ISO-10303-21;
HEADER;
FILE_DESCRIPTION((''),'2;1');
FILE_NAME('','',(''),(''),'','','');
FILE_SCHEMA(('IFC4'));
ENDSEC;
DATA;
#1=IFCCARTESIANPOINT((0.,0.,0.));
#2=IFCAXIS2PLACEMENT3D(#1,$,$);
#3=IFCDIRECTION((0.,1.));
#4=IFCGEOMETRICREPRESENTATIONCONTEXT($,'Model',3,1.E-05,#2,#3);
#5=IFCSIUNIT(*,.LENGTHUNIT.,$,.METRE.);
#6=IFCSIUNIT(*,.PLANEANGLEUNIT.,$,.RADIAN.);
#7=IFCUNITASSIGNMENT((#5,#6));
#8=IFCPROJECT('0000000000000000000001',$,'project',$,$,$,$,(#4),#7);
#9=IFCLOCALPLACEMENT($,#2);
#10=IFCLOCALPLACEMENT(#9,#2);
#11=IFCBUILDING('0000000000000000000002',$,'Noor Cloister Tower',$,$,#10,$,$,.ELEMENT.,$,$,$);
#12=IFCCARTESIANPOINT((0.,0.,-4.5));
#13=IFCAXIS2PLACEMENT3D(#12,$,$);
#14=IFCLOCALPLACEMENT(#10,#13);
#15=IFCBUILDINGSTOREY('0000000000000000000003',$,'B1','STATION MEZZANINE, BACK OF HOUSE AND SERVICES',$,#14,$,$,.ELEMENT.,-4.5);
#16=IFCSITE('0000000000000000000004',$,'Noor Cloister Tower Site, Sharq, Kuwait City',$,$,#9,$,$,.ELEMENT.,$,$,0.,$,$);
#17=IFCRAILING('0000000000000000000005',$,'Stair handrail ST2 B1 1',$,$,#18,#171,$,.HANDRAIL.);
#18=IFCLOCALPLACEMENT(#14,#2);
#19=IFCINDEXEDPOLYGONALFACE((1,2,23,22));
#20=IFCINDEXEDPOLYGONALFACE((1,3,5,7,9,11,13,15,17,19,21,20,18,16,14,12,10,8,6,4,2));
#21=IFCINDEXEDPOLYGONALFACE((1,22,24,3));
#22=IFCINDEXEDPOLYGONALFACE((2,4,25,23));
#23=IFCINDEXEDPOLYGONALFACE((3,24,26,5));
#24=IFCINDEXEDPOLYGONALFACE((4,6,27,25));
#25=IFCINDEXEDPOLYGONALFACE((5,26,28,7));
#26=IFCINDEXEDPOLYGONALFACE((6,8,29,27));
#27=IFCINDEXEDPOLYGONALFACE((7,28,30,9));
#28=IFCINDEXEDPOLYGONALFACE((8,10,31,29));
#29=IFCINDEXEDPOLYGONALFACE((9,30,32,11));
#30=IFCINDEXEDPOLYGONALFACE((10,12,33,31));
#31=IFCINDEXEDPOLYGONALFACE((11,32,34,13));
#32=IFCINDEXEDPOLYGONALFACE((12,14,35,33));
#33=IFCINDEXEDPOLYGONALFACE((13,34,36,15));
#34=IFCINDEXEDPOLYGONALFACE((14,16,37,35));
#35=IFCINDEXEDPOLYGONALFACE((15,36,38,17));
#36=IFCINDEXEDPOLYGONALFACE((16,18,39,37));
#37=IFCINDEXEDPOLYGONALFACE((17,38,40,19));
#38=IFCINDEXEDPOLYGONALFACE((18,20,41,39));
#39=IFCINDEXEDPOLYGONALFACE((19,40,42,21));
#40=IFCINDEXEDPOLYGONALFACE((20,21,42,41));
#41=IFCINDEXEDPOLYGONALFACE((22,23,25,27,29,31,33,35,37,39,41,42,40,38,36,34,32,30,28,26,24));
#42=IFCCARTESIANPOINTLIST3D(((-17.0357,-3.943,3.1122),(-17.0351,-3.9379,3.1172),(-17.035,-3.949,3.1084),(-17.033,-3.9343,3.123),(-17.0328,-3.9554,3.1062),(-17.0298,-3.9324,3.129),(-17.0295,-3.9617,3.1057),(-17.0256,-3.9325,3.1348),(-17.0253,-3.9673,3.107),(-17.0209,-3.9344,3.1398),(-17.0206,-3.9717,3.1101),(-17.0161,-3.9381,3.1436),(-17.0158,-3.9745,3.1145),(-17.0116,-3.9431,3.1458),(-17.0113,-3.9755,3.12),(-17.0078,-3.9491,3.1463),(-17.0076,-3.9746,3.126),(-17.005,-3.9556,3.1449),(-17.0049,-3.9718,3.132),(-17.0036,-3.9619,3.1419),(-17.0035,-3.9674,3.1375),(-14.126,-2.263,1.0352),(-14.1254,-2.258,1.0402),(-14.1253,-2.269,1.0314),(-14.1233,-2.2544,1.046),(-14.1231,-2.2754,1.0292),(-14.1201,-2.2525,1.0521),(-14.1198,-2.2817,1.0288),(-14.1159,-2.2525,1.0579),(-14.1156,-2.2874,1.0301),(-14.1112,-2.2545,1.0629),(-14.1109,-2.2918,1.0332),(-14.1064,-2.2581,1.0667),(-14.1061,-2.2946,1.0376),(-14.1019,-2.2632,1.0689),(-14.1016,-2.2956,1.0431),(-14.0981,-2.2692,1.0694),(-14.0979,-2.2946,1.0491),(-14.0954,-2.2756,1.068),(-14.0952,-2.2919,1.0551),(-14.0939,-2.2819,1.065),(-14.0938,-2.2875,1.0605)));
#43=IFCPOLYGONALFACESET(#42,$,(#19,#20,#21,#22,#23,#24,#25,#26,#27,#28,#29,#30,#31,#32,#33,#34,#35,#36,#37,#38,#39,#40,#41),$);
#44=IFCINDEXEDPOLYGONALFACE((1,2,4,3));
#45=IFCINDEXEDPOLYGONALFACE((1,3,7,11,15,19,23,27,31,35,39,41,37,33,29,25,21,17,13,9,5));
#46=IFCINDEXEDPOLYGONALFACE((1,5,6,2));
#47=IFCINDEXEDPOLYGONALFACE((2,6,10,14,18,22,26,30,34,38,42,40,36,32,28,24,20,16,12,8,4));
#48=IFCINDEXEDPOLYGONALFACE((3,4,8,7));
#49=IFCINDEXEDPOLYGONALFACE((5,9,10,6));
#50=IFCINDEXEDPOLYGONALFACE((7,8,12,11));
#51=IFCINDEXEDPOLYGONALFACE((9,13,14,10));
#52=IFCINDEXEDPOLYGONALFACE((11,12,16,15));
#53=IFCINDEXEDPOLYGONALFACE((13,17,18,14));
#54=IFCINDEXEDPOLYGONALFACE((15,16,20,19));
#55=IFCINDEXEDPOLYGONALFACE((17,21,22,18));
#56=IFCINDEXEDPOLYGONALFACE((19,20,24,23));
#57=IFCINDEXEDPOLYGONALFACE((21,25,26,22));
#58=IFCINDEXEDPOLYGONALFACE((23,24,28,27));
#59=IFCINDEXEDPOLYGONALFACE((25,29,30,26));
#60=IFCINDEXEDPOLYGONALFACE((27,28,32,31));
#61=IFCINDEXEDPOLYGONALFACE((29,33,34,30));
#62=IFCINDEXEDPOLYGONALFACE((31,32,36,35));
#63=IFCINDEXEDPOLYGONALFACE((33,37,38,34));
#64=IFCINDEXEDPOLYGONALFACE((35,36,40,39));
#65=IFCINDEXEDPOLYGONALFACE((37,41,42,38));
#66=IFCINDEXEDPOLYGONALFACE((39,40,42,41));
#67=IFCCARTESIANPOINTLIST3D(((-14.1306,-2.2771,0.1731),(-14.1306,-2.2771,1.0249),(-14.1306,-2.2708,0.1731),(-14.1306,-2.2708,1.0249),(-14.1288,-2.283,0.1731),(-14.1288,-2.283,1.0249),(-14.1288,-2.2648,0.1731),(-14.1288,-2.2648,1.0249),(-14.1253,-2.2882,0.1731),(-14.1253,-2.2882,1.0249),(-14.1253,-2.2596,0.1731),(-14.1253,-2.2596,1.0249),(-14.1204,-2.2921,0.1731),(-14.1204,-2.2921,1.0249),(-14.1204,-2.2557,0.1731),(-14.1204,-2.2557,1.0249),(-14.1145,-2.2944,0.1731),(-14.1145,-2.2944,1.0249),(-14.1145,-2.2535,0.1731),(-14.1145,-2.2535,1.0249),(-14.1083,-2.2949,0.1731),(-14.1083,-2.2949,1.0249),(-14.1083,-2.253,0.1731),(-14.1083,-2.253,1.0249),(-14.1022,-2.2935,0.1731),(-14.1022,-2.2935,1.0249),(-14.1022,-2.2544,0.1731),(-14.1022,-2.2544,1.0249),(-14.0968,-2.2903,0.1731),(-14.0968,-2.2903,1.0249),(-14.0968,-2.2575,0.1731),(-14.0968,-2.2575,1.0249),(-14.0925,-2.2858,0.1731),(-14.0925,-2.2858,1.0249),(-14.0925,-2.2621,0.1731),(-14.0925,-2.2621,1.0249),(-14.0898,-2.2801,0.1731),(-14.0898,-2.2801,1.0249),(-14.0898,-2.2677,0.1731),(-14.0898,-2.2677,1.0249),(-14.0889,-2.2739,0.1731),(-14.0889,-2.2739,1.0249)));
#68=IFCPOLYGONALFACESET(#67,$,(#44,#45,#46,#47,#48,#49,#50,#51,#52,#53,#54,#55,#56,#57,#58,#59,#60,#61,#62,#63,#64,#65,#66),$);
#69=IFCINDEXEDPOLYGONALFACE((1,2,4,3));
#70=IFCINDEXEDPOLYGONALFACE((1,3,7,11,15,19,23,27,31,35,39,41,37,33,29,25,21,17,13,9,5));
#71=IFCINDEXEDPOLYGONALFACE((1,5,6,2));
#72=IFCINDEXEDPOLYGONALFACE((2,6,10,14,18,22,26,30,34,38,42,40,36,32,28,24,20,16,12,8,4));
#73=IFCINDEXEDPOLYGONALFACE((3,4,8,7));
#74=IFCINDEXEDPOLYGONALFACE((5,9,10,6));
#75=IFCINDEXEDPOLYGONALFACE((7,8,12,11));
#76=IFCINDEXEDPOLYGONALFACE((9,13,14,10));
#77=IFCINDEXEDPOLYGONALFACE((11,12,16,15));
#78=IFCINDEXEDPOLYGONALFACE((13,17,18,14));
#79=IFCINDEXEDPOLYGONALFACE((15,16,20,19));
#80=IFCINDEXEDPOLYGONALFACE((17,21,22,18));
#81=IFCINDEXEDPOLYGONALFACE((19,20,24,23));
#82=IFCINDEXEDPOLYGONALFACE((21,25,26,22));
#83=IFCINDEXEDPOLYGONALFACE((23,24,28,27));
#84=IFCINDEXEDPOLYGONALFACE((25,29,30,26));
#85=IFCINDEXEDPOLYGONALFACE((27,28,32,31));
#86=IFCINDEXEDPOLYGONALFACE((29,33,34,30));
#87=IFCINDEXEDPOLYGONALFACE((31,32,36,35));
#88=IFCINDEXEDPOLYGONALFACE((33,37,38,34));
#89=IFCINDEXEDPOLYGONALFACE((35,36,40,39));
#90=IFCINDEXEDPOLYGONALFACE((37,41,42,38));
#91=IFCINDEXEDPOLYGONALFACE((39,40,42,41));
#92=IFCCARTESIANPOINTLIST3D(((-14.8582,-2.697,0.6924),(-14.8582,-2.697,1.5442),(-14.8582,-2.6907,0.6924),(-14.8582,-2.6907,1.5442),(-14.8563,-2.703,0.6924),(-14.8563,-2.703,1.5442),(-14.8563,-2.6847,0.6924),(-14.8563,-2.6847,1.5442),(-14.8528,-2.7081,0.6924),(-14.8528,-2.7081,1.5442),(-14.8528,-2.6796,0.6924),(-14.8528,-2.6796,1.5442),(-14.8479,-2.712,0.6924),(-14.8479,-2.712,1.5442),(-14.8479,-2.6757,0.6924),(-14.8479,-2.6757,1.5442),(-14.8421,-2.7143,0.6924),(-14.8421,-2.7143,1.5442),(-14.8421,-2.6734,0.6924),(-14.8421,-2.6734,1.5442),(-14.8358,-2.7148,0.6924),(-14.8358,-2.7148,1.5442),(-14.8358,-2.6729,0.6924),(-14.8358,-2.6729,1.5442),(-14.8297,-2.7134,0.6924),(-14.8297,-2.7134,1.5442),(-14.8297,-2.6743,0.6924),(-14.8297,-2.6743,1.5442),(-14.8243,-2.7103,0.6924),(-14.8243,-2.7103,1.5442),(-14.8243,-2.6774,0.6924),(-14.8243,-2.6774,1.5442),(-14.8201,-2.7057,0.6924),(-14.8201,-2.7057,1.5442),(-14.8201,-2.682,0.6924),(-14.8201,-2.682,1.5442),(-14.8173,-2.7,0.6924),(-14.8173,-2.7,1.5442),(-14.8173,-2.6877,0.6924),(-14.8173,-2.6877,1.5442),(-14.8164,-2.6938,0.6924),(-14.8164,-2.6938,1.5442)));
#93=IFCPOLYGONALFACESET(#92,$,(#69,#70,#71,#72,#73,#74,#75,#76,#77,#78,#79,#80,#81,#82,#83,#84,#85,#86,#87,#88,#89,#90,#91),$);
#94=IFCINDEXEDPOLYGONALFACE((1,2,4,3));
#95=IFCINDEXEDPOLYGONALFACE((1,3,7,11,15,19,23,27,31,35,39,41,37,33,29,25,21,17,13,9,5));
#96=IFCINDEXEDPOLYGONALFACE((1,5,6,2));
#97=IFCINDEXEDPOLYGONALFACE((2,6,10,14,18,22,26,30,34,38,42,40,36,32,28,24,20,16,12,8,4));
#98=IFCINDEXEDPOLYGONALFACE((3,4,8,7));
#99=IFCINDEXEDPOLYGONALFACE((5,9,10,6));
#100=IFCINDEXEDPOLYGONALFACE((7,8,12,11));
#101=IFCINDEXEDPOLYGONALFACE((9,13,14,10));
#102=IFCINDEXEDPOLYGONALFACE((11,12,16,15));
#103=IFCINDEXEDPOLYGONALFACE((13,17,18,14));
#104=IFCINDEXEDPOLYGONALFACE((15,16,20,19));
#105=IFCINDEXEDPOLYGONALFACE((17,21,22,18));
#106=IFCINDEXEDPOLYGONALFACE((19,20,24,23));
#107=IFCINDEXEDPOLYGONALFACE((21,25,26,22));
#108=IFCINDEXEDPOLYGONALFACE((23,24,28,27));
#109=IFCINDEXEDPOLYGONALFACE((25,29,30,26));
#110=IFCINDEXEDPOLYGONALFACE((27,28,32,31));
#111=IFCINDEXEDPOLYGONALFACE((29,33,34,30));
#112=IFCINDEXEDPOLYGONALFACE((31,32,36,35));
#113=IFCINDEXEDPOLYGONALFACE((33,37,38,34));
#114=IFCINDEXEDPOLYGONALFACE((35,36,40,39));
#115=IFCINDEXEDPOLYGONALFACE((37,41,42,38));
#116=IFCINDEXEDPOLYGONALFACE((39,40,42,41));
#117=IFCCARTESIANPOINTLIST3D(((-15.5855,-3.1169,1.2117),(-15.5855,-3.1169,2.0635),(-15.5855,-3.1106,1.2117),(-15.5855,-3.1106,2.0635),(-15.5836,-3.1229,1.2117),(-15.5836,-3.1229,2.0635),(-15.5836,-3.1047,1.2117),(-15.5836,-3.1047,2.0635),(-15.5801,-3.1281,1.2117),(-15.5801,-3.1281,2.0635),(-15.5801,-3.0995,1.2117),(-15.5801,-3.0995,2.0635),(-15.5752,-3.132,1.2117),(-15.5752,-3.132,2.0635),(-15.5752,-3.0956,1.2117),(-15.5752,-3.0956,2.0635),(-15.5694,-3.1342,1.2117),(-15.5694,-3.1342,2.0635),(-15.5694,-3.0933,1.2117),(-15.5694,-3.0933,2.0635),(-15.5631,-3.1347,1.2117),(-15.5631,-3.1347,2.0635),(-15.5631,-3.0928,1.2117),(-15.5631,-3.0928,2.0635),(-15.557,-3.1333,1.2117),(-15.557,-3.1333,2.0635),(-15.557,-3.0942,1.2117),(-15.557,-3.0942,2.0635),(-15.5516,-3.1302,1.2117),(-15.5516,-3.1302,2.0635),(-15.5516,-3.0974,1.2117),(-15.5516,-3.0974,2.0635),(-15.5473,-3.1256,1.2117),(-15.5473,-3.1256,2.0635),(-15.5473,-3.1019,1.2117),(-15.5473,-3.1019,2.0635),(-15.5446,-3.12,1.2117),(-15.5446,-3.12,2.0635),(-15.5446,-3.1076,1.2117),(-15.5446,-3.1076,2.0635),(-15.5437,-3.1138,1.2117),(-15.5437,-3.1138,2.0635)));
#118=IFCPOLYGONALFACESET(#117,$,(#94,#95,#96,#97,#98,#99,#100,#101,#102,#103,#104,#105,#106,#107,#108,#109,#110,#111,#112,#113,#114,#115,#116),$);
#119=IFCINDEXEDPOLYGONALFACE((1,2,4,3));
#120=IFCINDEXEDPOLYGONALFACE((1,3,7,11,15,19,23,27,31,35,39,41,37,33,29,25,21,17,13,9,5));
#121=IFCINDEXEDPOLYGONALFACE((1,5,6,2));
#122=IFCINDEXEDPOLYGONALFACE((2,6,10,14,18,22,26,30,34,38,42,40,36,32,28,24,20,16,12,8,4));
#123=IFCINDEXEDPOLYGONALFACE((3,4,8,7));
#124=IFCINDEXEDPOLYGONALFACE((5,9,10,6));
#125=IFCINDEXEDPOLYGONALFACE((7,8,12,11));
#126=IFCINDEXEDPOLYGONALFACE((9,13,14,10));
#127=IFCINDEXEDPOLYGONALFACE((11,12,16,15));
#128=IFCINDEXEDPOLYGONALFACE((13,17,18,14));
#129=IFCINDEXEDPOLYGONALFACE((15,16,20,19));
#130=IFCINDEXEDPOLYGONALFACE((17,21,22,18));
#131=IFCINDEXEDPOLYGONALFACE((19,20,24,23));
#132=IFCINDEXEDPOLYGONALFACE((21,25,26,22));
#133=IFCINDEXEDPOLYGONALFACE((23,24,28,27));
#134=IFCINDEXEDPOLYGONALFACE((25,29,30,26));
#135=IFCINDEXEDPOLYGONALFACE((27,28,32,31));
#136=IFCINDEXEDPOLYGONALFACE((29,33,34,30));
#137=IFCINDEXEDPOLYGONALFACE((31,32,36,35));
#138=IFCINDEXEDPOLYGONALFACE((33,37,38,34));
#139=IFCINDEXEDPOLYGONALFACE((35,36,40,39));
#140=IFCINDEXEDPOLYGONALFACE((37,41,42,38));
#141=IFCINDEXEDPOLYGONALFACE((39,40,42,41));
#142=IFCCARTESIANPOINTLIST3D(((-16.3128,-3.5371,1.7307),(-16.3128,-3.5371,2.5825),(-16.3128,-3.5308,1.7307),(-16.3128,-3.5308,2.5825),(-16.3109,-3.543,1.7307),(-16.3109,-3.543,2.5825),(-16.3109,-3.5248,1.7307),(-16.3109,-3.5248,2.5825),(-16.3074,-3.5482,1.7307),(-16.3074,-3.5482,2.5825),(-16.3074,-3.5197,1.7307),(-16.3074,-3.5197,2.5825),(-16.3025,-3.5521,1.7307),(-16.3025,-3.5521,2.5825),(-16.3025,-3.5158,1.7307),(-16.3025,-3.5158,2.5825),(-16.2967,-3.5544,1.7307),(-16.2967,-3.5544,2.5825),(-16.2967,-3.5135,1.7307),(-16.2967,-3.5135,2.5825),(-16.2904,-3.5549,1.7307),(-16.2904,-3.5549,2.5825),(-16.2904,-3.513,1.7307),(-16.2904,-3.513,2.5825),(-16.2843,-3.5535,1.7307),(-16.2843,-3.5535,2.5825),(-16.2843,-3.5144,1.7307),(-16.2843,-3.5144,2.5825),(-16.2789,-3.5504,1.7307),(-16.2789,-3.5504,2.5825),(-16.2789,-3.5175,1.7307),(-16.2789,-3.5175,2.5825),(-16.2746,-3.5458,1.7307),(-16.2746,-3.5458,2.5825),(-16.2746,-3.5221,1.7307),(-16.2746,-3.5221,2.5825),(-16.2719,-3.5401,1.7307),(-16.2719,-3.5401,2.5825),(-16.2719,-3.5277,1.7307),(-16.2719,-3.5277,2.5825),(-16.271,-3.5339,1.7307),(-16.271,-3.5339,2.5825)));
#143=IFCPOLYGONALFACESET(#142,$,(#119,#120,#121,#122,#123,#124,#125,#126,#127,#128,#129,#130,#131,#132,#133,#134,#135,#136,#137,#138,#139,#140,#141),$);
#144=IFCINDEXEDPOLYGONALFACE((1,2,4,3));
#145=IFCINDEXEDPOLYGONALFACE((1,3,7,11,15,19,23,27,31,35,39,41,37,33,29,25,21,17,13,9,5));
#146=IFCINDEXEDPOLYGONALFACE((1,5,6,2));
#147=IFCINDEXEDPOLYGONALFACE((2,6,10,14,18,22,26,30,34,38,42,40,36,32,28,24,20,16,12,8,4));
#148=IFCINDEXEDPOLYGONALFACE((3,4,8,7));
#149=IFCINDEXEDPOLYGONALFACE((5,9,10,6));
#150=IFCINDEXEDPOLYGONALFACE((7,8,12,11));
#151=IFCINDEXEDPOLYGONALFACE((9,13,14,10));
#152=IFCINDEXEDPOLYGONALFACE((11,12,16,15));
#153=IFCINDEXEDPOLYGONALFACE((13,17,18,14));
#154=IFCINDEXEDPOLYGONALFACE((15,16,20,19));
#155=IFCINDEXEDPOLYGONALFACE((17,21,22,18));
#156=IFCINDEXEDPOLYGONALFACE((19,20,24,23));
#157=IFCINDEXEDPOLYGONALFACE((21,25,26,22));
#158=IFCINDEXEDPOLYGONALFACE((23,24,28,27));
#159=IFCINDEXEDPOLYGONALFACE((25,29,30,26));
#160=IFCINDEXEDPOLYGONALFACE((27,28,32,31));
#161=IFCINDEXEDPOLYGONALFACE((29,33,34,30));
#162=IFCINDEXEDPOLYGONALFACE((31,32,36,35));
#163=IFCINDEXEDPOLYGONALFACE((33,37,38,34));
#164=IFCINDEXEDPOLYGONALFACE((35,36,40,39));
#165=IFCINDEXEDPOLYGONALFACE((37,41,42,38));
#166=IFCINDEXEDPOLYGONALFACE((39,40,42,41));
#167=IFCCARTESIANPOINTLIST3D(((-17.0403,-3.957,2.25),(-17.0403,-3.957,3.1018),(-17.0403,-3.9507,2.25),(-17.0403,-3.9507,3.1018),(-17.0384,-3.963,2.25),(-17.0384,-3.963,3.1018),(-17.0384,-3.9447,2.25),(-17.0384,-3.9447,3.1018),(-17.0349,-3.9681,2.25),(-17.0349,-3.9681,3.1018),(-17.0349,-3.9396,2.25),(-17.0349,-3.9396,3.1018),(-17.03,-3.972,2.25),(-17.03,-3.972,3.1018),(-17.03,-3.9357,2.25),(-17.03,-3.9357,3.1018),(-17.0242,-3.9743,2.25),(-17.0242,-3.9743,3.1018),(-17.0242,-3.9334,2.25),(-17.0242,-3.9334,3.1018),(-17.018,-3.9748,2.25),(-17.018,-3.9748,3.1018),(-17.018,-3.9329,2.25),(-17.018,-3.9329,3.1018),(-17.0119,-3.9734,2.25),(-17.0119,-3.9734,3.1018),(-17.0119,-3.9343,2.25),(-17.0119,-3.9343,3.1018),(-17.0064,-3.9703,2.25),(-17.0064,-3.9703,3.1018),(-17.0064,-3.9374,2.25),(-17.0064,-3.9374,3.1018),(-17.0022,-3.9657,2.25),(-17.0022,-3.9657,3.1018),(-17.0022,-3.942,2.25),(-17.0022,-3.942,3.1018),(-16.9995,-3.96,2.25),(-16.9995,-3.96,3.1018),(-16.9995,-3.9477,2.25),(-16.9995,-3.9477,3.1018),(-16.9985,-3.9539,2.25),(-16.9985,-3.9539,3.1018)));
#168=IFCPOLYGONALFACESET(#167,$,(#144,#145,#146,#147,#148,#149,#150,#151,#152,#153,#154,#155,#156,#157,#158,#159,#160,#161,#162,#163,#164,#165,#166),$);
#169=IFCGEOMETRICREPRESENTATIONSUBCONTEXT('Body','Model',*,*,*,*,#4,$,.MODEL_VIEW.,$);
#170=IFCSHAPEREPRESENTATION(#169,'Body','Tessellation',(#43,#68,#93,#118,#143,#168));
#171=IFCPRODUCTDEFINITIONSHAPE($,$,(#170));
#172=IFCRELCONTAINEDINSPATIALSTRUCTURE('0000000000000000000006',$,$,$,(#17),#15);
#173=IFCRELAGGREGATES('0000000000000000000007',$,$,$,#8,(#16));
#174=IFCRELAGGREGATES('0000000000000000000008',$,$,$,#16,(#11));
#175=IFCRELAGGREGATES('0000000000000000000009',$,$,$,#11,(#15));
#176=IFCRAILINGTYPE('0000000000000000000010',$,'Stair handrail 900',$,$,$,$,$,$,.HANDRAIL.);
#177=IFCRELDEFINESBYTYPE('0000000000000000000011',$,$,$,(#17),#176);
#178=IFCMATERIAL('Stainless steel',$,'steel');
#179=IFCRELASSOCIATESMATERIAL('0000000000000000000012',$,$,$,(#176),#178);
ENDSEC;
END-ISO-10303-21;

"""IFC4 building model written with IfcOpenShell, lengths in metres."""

from ifc_helpers import new_model, si_unit, direction, frame, origin, origin_2d, place, context, subcontext, project, spatial, circle, extrude, material, type_object, element, save


model = new_model("IFC4")

# Units and contexts
model_context = context("Model", 3, precision=1e-05, world=origin(), true_north=direction((0.0, 1.0)))
body_context = subcontext(model_context, "Body", "Model", "MODEL_VIEW")
ifc_project = project(units=[si_unit("LENGTHUNIT", "METRE"), si_unit("PLANEANGLEUNIT", "RADIAN")], contexts=[model_context])

# Site, building, storey
site_placement = place(None, origin())
site = spatial("IfcSite", under=ifc_project, at=site_placement, Name="Noor Cloister Tower Site, Sharq, Kuwait City", CompositionType="ELEMENT", RefElevation=0.0)
building_placement = place(site_placement, origin())
building = spatial("IfcBuilding", under=site, at=building_placement, Name="Noor Cloister Tower", CompositionType="ELEMENT")
storey_placement = place(building_placement, frame((0.0, 0.0, -4.5)))
storey = spatial("IfcBuildingStorey", under=building, at=storey_placement, Name="B1", Description="STATION MEZZANINE, BACK OF HOUSE AND SERVICES", CompositionType="ELEMENT", Elevation=-4.5)

# Railing
ifc_material_1 = material(Name="Stainless steel", Category="steel")
railing_type_1 = type_object("IfcRailingType", Name="Stair handrail 900", PredefinedType="HANDRAIL", material=ifc_material_1)
railing_1_placement = place(storey_placement, frame((-14.1099, -2.2739, 0.1731)))
element("IfcRailing", 1, at=railing_1_placement, inside=storey, type_object=railing_type_1, Name="Stair handrail ST2 B1 1", PredefinedType="HANDRAIL", context=body_context, shape_type="SweptSolid", body=[
    extrude(circle(Radius=0.0239, at=origin_2d()), frame((0.0, 0.0, 0.876), z_axis=(-0.73664, -0.425308, 0.525809), x_axis=(0.500008, -0.866021, 0.0)), (0.0, 0.0, 1.0), 3.95),
    extrude(circle(Radius=0.021, at=origin_2d()), origin(), (0.0, 0.0, 1.0), 0.8518),
    extrude(circle(Radius=0.021, at=origin_2d()), frame((-0.7275, -0.4199, 0.5193)), (0.0, 0.0, 1.0), 0.8518),
    extrude(circle(Radius=0.021, at=origin_2d()), frame((-1.4548, -0.8398, 1.0386)), (0.0, 0.0, 1.0), 0.8518),
    extrude(circle(Radius=0.021, at=origin_2d()), frame((-2.1821, -1.26, 1.5576)), (0.0, 0.0, 1.0), 0.8518),
    extrude(circle(Radius=0.021, at=origin_2d()), frame((-2.9097, -1.6799, 2.0769)), (0.0, 0.0, 1.0), 0.8518),
])

save(model, "model.ifc")
